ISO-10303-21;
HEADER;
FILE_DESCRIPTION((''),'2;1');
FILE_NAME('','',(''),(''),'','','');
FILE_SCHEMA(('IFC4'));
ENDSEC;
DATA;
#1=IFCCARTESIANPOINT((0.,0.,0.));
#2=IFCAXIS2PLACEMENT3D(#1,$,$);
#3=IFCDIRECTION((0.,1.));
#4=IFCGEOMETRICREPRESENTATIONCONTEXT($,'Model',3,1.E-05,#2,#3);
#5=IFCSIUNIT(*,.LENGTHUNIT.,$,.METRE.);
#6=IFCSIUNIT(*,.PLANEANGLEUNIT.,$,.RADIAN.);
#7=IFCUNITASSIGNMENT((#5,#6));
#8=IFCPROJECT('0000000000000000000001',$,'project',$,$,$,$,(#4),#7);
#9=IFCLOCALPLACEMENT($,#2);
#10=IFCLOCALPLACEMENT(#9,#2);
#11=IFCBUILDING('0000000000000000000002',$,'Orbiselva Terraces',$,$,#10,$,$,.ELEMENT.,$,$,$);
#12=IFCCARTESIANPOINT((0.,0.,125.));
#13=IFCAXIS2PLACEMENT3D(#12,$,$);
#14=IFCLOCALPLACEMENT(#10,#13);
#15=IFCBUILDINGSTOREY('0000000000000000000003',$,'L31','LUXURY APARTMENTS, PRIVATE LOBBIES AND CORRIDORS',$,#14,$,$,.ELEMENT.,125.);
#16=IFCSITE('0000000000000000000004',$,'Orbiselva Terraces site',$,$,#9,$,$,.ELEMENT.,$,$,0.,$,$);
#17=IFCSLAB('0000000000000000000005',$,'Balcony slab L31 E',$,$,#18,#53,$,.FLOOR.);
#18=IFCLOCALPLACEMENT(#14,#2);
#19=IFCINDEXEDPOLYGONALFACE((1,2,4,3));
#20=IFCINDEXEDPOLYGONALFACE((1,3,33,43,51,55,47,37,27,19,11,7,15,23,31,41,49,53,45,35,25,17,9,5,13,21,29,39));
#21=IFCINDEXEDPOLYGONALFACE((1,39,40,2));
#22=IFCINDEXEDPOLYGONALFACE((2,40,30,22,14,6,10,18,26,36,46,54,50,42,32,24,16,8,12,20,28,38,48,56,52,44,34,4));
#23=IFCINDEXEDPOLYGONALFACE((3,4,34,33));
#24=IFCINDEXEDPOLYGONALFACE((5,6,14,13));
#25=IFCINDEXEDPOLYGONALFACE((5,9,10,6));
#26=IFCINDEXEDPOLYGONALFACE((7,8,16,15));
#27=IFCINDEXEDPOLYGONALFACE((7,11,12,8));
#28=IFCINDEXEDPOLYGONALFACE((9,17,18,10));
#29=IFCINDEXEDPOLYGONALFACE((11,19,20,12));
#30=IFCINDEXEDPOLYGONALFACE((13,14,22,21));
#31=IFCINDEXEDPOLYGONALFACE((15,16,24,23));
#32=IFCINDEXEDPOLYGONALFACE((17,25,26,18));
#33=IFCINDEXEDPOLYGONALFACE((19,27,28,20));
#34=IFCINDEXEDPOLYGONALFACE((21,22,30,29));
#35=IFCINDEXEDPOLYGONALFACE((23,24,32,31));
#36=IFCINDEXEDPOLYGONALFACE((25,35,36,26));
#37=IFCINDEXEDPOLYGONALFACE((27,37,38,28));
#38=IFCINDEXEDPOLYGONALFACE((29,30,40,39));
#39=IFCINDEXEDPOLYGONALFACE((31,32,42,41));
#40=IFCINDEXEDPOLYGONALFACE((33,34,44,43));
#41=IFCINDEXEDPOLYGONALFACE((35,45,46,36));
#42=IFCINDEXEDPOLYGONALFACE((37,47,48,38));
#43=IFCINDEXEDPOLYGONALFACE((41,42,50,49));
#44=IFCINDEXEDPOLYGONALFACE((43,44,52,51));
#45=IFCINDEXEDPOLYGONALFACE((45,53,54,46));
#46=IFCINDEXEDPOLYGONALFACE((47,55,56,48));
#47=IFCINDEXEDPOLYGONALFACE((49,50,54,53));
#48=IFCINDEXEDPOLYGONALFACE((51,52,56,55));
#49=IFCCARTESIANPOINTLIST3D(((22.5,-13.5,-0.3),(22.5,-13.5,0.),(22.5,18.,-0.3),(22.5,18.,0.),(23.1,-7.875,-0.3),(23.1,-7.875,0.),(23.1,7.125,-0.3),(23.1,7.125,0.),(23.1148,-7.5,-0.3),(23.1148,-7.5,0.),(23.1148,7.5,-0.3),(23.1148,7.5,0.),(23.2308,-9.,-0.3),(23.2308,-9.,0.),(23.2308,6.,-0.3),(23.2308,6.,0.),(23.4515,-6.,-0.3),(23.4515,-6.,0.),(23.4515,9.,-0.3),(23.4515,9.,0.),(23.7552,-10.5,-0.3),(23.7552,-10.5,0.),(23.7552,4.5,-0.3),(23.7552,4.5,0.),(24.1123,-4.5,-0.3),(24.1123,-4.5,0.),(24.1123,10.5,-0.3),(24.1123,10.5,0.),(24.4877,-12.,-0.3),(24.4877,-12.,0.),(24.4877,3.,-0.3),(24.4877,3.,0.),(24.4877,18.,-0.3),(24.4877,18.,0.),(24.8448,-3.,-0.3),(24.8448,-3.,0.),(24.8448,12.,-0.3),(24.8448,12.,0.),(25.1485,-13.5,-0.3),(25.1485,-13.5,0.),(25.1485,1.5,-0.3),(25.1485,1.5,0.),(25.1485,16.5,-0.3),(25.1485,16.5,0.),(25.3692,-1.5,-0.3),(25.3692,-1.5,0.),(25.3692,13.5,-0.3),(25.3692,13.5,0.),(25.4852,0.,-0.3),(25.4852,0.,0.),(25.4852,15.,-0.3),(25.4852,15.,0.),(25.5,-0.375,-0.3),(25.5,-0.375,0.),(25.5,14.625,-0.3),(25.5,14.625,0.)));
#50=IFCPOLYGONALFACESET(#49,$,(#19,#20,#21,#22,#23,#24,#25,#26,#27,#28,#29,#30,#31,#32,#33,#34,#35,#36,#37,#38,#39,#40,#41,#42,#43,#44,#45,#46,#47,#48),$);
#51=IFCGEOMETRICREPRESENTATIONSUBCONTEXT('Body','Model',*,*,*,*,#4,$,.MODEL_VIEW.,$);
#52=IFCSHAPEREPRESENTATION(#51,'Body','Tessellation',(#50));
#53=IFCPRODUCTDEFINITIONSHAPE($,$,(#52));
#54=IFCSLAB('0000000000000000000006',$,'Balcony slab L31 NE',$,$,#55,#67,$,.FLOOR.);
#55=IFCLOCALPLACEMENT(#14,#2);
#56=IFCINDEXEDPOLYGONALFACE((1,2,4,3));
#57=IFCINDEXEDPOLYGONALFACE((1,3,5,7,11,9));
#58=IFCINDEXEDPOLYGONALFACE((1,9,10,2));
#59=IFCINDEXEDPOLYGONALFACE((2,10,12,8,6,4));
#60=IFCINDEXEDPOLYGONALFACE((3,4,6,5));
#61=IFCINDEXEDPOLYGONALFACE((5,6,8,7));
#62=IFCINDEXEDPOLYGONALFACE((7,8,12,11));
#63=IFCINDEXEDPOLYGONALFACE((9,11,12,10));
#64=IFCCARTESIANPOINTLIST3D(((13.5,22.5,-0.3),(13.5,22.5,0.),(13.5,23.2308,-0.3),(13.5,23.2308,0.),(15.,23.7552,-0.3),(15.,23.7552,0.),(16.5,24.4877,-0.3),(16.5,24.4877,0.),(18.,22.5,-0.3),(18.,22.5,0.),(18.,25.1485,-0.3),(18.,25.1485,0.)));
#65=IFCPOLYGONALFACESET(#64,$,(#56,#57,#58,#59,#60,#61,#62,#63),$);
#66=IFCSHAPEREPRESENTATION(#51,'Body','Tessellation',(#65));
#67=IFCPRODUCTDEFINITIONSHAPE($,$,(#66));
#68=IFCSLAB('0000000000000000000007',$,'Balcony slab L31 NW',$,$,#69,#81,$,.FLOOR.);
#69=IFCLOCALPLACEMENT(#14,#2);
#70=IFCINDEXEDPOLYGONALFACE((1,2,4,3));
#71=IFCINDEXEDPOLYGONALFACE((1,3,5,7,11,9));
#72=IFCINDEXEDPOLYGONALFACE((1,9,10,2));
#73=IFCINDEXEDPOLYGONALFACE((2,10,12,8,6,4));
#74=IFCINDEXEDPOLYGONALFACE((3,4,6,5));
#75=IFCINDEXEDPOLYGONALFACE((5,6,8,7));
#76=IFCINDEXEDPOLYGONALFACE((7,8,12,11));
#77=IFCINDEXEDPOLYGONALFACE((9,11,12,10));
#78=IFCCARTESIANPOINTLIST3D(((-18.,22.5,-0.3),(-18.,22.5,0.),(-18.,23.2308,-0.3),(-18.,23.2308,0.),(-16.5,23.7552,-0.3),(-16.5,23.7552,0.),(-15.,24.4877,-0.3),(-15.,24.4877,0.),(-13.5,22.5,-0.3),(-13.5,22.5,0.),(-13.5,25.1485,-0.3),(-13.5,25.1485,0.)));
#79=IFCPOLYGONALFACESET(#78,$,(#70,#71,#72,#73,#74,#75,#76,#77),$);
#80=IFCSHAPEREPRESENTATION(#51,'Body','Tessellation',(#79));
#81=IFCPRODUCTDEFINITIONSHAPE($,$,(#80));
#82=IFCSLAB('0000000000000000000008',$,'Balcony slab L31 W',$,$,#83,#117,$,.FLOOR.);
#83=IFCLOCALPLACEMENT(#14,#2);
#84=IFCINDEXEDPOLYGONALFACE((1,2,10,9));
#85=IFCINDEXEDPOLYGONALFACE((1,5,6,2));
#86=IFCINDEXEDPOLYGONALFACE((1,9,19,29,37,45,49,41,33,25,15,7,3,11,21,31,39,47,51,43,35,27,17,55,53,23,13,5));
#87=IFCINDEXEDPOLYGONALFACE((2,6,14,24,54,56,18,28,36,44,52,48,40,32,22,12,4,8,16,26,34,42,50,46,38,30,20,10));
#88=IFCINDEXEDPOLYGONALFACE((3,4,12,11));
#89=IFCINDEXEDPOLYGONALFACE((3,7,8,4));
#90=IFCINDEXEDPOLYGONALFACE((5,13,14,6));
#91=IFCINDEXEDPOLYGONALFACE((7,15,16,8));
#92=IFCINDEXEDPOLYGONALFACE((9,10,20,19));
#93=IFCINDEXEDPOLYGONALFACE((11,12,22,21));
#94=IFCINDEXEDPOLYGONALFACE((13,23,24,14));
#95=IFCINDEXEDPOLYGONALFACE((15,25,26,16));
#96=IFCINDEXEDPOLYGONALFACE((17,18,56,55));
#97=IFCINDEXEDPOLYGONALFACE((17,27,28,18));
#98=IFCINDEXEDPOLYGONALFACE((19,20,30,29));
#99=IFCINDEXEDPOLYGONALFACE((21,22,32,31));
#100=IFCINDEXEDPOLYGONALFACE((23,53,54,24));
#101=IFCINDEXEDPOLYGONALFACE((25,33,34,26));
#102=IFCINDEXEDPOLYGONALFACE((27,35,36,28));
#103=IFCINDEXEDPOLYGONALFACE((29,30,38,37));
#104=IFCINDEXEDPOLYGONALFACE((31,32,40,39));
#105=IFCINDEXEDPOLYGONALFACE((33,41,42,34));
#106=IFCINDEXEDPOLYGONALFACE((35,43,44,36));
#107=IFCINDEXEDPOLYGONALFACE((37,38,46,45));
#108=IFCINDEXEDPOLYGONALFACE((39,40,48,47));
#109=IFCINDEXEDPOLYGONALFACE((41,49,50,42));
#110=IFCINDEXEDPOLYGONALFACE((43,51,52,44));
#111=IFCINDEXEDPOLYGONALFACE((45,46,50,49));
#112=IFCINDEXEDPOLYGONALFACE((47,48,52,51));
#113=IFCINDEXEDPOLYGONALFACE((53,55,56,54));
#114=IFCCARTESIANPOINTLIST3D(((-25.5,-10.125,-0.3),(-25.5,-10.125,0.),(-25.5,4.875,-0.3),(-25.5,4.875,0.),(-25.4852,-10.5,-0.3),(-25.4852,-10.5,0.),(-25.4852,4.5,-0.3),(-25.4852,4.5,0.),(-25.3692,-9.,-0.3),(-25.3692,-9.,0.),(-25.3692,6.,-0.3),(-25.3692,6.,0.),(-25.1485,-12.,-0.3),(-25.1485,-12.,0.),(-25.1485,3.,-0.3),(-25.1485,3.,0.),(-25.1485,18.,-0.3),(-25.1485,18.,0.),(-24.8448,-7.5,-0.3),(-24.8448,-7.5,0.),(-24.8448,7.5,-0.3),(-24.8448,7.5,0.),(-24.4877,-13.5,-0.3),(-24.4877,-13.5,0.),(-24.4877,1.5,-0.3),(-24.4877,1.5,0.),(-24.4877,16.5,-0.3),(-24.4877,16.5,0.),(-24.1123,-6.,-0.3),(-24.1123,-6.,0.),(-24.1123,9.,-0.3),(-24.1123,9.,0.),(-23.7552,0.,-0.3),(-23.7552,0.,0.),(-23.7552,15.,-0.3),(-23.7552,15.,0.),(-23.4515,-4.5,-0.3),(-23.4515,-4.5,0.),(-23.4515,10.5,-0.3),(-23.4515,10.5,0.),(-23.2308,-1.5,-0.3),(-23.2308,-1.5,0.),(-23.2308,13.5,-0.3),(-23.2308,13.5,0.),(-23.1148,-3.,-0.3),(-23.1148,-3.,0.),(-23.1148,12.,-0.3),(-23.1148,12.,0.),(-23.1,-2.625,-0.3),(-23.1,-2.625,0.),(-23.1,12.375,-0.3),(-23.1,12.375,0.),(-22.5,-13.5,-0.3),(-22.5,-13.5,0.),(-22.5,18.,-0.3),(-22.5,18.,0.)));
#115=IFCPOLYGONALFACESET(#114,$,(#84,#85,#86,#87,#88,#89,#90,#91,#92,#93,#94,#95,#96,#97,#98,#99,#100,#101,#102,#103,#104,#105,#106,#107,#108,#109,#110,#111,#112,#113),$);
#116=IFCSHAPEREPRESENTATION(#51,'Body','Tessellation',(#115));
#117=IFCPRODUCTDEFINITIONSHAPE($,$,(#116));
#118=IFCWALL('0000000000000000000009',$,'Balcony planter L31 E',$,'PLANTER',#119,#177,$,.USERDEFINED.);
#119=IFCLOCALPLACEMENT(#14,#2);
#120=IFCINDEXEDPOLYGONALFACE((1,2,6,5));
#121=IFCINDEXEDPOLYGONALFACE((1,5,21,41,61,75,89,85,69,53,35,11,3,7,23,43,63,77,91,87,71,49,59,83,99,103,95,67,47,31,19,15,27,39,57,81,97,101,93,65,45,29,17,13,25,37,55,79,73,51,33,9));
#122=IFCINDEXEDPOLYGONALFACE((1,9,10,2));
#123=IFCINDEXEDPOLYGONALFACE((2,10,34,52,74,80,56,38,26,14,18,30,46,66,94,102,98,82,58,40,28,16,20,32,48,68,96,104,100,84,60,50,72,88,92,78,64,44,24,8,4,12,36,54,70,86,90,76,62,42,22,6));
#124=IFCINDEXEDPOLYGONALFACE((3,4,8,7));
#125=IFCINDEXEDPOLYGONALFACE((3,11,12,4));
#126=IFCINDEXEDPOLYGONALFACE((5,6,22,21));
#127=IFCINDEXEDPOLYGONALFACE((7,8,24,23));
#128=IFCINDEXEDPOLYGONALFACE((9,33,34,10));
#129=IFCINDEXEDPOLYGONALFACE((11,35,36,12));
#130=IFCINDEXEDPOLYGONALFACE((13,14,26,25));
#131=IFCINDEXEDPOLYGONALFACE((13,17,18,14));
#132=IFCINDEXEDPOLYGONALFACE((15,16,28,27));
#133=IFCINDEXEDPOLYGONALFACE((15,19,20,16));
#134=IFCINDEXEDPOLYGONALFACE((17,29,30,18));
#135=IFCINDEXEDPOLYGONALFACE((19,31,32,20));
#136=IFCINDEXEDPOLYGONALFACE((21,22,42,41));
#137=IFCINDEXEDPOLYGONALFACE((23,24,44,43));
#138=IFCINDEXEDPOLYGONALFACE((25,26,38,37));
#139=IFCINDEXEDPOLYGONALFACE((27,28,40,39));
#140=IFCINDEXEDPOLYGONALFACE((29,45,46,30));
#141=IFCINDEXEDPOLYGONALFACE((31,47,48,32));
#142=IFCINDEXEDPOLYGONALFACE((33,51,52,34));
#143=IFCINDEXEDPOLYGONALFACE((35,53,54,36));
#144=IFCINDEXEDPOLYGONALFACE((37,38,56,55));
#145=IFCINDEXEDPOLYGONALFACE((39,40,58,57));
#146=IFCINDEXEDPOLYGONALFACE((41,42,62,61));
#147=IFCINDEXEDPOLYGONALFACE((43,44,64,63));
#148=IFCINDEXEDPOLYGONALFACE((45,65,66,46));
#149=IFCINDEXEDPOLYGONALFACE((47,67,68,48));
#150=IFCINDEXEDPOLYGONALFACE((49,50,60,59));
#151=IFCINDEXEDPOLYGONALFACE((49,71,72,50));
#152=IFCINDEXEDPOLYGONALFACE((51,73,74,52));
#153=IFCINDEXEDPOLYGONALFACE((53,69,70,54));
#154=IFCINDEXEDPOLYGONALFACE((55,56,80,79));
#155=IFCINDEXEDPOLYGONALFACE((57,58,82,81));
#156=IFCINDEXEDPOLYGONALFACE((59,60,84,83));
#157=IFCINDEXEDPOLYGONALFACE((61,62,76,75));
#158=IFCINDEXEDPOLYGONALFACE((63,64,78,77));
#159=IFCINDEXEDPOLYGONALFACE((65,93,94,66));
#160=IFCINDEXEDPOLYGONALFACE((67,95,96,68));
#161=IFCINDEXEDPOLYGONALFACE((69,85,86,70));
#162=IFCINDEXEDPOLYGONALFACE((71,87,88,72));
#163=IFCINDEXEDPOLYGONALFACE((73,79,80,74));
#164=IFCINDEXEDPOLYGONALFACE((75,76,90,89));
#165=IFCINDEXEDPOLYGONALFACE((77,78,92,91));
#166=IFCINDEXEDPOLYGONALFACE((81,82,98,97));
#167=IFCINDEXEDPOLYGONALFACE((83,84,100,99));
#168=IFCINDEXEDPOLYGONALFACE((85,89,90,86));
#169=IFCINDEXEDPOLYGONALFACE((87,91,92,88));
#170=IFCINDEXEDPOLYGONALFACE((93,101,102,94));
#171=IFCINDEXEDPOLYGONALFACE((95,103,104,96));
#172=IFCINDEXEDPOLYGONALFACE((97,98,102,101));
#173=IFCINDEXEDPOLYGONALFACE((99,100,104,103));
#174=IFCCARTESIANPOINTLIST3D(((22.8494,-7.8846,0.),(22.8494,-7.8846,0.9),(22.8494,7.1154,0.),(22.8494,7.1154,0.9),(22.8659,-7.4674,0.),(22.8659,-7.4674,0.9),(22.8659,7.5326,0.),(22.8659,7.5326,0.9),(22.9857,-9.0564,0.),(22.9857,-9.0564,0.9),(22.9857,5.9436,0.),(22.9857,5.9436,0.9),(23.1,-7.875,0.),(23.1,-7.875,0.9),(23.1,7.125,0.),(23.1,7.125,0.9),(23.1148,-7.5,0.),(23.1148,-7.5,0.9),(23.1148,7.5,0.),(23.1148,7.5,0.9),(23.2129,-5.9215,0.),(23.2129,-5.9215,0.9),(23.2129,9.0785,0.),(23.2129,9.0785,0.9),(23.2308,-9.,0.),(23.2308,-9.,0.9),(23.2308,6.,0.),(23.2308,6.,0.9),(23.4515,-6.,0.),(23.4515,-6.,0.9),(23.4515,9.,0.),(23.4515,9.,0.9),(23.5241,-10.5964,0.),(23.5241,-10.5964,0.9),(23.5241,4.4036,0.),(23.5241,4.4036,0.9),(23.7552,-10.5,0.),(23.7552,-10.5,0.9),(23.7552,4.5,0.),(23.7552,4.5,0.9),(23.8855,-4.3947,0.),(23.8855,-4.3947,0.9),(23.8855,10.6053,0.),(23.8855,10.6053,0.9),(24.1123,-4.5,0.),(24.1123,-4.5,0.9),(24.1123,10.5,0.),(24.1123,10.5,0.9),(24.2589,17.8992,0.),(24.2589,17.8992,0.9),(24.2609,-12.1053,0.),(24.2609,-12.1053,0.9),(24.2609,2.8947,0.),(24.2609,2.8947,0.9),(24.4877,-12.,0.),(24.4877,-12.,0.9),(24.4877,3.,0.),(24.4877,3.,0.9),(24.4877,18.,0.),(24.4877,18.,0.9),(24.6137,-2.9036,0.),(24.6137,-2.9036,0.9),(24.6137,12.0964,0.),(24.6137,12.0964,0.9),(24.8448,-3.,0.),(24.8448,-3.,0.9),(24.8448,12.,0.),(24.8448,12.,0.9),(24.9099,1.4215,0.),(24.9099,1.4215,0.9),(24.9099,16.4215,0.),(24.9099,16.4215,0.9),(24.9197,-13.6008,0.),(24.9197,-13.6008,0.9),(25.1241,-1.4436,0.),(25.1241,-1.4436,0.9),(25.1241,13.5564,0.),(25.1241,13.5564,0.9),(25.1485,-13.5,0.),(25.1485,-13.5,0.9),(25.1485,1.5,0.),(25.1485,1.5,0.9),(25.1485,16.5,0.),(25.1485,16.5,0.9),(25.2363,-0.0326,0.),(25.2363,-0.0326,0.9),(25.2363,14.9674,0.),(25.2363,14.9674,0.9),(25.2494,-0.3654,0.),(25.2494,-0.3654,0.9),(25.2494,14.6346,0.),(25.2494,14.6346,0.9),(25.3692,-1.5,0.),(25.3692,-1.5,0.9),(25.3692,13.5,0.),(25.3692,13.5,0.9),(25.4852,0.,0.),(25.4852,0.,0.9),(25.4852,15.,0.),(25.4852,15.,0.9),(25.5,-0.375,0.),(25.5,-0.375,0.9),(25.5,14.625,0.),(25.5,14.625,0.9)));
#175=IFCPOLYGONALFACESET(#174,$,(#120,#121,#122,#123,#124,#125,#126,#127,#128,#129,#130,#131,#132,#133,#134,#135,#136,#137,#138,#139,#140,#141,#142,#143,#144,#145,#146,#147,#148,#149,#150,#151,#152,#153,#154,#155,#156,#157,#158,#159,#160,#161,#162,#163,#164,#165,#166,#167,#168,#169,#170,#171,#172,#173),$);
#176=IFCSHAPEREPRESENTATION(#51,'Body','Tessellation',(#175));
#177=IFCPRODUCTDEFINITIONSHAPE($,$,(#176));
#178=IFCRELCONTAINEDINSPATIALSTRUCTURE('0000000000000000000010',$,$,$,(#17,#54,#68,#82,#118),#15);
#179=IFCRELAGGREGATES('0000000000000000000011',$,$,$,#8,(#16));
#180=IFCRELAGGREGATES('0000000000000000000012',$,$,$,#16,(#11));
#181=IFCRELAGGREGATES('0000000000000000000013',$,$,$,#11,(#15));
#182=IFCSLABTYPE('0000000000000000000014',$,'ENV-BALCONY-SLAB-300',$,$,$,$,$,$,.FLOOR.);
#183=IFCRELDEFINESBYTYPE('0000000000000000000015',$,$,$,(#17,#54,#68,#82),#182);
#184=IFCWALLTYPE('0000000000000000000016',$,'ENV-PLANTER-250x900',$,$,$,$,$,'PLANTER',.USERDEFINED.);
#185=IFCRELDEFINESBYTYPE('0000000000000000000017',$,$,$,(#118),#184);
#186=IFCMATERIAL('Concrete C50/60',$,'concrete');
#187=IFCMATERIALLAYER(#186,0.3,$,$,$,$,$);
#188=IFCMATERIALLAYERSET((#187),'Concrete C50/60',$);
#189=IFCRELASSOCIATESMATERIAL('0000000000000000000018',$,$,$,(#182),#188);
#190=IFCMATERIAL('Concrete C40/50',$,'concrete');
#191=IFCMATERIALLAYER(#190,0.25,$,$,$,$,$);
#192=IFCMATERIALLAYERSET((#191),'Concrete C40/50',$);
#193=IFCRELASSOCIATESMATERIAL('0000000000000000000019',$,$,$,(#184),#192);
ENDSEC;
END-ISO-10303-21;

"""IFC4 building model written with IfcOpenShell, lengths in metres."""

from ifc_helpers import new_model, si_unit, direction, frame, origin, place, context, subcontext, project, spatial, polyline, outline, extrude, material, layer, layer_set, type_object, element, save


model = new_model("IFC4")

# Units and contexts
model_context = context("Model", 3, precision=1e-05, world=origin(), true_north=direction((0.0, 1.0)))
body_context = subcontext(model_context, "Body", "Model", "MODEL_VIEW")
ifc_project = project(units=[si_unit("LENGTHUNIT", "METRE"), si_unit("PLANEANGLEUNIT", "RADIAN")], contexts=[model_context])

# Site, building, storey
site_placement = place(None, origin())
site = spatial("IfcSite", under=ifc_project, at=site_placement, Name="Orbiselva Terraces site", CompositionType="ELEMENT", RefElevation=0.0)
building_placement = place(site_placement, origin())
building = spatial("IfcBuilding", under=site, at=building_placement, Name="Orbiselva Terraces", CompositionType="ELEMENT")
storey_placement = place(building_placement, frame((0.0, 0.0, 125.0)))
storey = spatial("IfcBuildingStorey", under=building, at=storey_placement, Name="L31", Description="LUXURY APARTMENTS, PRIVATE LOBBIES AND CORRIDORS", CompositionType="ELEMENT", Elevation=125.0)

# Shared definitions
ifc_material_1 = material(Name="Concrete C40/50", Category="concrete")

# Slabs
ifc_material_2 = material(Name="Concrete C50/60", Category="concrete")
ifc_layer_1 = layer(ifc_material_2, 0.3)
ifc_layer_set_1 = layer_set([ifc_layer_1], Name="Concrete C50/60")
slab_type_1 = type_object("IfcSlabType", Name="ENV-BALCONY-SLAB-300", PredefinedType="FLOOR", material=ifc_layer_set_1)
slab_1_placement = place(storey_placement, frame((0.0, 0.0, -0.3)))
element("IfcSlab", 1, at=slab_1_placement, inside=storey, type_object=slab_type_1, Name="Balcony slab L31 E", PredefinedType="FLOOR", context=body_context, shape_type="SweptSolid", body=[
    extrude(outline(polyline([(25.1485, -13.5), (24.4877, -12.0), (23.7552, -10.5), (23.2308, -9.0), (23.1, -7.875), (23.1148, -7.5), (23.4515, -6.0), (24.1123, -4.5), (24.8448, -3.0), (25.3692, -1.5), (25.5, -0.375), (25.4852, 0.0), (25.1485, 1.5), (24.4877, 3.0), (23.7552, 4.5), (23.2308, 6.0), (23.1, 7.125), (23.1148, 7.5), (23.4515, 9.0), (24.1123, 10.5), (24.8448, 12.0), (25.3692, 13.5), (25.5, 14.625), (25.4852, 15.0), (25.1485, 16.5), (24.4877, 18.0), (22.5, 18.0), (22.5, -13.5), (25.1485, -13.5)])), origin(), (0.0, 0.0, 1.0), 0.3),
])
slab_2_placement = place(storey_placement, frame((0.0, 0.0, -0.3)))
element("IfcSlab", 2, at=slab_2_placement, inside=storey, type_object=slab_type_1, Name="Balcony slab L31 NE", PredefinedType="FLOOR", context=body_context, shape_type="SweptSolid", body=[
    extrude(outline(polyline([(18.0, 25.1485), (16.5, 24.4877), (15.0, 23.7552), (13.5, 23.2308), (13.5, 22.5), (18.0, 22.5), (18.0, 25.1485)])), origin(), (0.0, 0.0, 1.0), 0.3),
])
slab_3_placement = place(storey_placement, frame((0.0, 0.0, -0.3)))
element("IfcSlab", 3, at=slab_3_placement, inside=storey, type_object=slab_type_1, Name="Balcony slab L31 NW", PredefinedType="FLOOR", context=body_context, shape_type="SweptSolid", body=[
    extrude(outline(polyline([(-13.5, 25.1485), (-15.0, 24.4877), (-16.5, 23.7552), (-18.0, 23.2308), (-18.0, 22.5), (-13.5, 22.5), (-13.5, 25.1485)])), origin(), (0.0, 0.0, 1.0), 0.3),
])
slab_4_placement = place(storey_placement, frame((0.0, 0.0, -0.3)))
element("IfcSlab", 4, at=slab_4_placement, inside=storey, type_object=slab_type_1, Name="Balcony slab L31 W", PredefinedType="FLOOR", context=body_context, shape_type="SweptSolid", body=[
    extrude(outline(polyline([(-25.1485, 18.0), (-24.4877, 16.5), (-23.7552, 15.0), (-23.2308, 13.5), (-23.1, 12.375), (-23.1148, 12.0), (-23.4515, 10.5), (-24.1123, 9.0), (-24.8448, 7.5), (-25.3692, 6.0), (-25.5, 4.875), (-25.4852, 4.5), (-25.1485, 3.0), (-24.4877, 1.5), (-23.7552, 0.0), (-23.2308, -1.5), (-23.1, -2.625), (-23.1148, -3.0), (-23.4515, -4.5), (-24.1123, -6.0), (-24.8448, -7.5), (-25.3692, -9.0), (-25.5, -10.125), (-25.4852, -10.5), (-25.1485, -12.0), (-24.4877, -13.5), (-22.5, -13.5), (-22.5, 18.0), (-25.1485, 18.0)])), origin(), (0.0, 0.0, 1.0), 0.3),
])

# Wall
ifc_layer_2 = layer(ifc_material_1, 0.25)
ifc_layer_set_2 = layer_set([ifc_layer_2], Name="Concrete C40/50")
wall_type = type_object("IfcWallType", Name="ENV-PLANTER-250x900", ElementType="PLANTER", PredefinedType="USERDEFINED", material=ifc_layer_set_2)
wall_1_placement = place(storey_placement, origin())
element("IfcWall", 5, at=wall_1_placement, inside=storey, type_object=wall_type, Name="Balcony planter L31 E", ObjectType="PLANTER", PredefinedType="USERDEFINED", context=body_context, shape_type="SweptSolid", body=[
    extrude(outline(polyline([(25.1485, -13.5), (24.4877, -12.0), (23.7552, -10.5), (23.2308, -9.0), (23.1, -7.875), (23.1148, -7.5), (23.4515, -6.0), (24.1123, -4.5), (24.8448, -3.0), (25.3692, -1.5), (25.5, -0.375), (25.4852, 0.0), (25.1485, 1.5), (24.4877, 3.0), (23.7552, 4.5), (23.2308, 6.0), (23.1, 7.125), (23.1148, 7.5), (23.4515, 9.0), (24.1123, 10.5), (24.8448, 12.0), (25.3692, 13.5), (25.5, 14.625), (25.4852, 15.0), (25.1485, 16.5), (24.4877, 18.0), (24.2589, 17.8992), (24.9099, 16.4215), (25.2363, 14.9674), (25.2494, 14.6346), (25.1241, 13.5564), (24.6137, 12.0964), (23.8855, 10.6053), (23.2129, 9.0785), (22.8659, 7.5326), (22.8494, 7.1154), (22.9857, 5.9436), (23.5241, 4.4036), (24.2609, 2.8947), (24.9099, 1.4215), (25.2363, -0.0326), (25.2494, -0.3654), (25.1241, -1.4436), (24.6137, -2.9036), (23.8855, -4.3947), (23.2129, -5.9215), (22.8659, -7.4674), (22.8494, -7.8846), (22.9857, -9.0564), (23.5241, -10.5964), (24.2609, -12.1053), (24.9197, -13.6008), (25.1485, -13.5)])), origin(), (0.0, 0.0, 1.0), 0.9),
])

save(model, "model.ifc")
